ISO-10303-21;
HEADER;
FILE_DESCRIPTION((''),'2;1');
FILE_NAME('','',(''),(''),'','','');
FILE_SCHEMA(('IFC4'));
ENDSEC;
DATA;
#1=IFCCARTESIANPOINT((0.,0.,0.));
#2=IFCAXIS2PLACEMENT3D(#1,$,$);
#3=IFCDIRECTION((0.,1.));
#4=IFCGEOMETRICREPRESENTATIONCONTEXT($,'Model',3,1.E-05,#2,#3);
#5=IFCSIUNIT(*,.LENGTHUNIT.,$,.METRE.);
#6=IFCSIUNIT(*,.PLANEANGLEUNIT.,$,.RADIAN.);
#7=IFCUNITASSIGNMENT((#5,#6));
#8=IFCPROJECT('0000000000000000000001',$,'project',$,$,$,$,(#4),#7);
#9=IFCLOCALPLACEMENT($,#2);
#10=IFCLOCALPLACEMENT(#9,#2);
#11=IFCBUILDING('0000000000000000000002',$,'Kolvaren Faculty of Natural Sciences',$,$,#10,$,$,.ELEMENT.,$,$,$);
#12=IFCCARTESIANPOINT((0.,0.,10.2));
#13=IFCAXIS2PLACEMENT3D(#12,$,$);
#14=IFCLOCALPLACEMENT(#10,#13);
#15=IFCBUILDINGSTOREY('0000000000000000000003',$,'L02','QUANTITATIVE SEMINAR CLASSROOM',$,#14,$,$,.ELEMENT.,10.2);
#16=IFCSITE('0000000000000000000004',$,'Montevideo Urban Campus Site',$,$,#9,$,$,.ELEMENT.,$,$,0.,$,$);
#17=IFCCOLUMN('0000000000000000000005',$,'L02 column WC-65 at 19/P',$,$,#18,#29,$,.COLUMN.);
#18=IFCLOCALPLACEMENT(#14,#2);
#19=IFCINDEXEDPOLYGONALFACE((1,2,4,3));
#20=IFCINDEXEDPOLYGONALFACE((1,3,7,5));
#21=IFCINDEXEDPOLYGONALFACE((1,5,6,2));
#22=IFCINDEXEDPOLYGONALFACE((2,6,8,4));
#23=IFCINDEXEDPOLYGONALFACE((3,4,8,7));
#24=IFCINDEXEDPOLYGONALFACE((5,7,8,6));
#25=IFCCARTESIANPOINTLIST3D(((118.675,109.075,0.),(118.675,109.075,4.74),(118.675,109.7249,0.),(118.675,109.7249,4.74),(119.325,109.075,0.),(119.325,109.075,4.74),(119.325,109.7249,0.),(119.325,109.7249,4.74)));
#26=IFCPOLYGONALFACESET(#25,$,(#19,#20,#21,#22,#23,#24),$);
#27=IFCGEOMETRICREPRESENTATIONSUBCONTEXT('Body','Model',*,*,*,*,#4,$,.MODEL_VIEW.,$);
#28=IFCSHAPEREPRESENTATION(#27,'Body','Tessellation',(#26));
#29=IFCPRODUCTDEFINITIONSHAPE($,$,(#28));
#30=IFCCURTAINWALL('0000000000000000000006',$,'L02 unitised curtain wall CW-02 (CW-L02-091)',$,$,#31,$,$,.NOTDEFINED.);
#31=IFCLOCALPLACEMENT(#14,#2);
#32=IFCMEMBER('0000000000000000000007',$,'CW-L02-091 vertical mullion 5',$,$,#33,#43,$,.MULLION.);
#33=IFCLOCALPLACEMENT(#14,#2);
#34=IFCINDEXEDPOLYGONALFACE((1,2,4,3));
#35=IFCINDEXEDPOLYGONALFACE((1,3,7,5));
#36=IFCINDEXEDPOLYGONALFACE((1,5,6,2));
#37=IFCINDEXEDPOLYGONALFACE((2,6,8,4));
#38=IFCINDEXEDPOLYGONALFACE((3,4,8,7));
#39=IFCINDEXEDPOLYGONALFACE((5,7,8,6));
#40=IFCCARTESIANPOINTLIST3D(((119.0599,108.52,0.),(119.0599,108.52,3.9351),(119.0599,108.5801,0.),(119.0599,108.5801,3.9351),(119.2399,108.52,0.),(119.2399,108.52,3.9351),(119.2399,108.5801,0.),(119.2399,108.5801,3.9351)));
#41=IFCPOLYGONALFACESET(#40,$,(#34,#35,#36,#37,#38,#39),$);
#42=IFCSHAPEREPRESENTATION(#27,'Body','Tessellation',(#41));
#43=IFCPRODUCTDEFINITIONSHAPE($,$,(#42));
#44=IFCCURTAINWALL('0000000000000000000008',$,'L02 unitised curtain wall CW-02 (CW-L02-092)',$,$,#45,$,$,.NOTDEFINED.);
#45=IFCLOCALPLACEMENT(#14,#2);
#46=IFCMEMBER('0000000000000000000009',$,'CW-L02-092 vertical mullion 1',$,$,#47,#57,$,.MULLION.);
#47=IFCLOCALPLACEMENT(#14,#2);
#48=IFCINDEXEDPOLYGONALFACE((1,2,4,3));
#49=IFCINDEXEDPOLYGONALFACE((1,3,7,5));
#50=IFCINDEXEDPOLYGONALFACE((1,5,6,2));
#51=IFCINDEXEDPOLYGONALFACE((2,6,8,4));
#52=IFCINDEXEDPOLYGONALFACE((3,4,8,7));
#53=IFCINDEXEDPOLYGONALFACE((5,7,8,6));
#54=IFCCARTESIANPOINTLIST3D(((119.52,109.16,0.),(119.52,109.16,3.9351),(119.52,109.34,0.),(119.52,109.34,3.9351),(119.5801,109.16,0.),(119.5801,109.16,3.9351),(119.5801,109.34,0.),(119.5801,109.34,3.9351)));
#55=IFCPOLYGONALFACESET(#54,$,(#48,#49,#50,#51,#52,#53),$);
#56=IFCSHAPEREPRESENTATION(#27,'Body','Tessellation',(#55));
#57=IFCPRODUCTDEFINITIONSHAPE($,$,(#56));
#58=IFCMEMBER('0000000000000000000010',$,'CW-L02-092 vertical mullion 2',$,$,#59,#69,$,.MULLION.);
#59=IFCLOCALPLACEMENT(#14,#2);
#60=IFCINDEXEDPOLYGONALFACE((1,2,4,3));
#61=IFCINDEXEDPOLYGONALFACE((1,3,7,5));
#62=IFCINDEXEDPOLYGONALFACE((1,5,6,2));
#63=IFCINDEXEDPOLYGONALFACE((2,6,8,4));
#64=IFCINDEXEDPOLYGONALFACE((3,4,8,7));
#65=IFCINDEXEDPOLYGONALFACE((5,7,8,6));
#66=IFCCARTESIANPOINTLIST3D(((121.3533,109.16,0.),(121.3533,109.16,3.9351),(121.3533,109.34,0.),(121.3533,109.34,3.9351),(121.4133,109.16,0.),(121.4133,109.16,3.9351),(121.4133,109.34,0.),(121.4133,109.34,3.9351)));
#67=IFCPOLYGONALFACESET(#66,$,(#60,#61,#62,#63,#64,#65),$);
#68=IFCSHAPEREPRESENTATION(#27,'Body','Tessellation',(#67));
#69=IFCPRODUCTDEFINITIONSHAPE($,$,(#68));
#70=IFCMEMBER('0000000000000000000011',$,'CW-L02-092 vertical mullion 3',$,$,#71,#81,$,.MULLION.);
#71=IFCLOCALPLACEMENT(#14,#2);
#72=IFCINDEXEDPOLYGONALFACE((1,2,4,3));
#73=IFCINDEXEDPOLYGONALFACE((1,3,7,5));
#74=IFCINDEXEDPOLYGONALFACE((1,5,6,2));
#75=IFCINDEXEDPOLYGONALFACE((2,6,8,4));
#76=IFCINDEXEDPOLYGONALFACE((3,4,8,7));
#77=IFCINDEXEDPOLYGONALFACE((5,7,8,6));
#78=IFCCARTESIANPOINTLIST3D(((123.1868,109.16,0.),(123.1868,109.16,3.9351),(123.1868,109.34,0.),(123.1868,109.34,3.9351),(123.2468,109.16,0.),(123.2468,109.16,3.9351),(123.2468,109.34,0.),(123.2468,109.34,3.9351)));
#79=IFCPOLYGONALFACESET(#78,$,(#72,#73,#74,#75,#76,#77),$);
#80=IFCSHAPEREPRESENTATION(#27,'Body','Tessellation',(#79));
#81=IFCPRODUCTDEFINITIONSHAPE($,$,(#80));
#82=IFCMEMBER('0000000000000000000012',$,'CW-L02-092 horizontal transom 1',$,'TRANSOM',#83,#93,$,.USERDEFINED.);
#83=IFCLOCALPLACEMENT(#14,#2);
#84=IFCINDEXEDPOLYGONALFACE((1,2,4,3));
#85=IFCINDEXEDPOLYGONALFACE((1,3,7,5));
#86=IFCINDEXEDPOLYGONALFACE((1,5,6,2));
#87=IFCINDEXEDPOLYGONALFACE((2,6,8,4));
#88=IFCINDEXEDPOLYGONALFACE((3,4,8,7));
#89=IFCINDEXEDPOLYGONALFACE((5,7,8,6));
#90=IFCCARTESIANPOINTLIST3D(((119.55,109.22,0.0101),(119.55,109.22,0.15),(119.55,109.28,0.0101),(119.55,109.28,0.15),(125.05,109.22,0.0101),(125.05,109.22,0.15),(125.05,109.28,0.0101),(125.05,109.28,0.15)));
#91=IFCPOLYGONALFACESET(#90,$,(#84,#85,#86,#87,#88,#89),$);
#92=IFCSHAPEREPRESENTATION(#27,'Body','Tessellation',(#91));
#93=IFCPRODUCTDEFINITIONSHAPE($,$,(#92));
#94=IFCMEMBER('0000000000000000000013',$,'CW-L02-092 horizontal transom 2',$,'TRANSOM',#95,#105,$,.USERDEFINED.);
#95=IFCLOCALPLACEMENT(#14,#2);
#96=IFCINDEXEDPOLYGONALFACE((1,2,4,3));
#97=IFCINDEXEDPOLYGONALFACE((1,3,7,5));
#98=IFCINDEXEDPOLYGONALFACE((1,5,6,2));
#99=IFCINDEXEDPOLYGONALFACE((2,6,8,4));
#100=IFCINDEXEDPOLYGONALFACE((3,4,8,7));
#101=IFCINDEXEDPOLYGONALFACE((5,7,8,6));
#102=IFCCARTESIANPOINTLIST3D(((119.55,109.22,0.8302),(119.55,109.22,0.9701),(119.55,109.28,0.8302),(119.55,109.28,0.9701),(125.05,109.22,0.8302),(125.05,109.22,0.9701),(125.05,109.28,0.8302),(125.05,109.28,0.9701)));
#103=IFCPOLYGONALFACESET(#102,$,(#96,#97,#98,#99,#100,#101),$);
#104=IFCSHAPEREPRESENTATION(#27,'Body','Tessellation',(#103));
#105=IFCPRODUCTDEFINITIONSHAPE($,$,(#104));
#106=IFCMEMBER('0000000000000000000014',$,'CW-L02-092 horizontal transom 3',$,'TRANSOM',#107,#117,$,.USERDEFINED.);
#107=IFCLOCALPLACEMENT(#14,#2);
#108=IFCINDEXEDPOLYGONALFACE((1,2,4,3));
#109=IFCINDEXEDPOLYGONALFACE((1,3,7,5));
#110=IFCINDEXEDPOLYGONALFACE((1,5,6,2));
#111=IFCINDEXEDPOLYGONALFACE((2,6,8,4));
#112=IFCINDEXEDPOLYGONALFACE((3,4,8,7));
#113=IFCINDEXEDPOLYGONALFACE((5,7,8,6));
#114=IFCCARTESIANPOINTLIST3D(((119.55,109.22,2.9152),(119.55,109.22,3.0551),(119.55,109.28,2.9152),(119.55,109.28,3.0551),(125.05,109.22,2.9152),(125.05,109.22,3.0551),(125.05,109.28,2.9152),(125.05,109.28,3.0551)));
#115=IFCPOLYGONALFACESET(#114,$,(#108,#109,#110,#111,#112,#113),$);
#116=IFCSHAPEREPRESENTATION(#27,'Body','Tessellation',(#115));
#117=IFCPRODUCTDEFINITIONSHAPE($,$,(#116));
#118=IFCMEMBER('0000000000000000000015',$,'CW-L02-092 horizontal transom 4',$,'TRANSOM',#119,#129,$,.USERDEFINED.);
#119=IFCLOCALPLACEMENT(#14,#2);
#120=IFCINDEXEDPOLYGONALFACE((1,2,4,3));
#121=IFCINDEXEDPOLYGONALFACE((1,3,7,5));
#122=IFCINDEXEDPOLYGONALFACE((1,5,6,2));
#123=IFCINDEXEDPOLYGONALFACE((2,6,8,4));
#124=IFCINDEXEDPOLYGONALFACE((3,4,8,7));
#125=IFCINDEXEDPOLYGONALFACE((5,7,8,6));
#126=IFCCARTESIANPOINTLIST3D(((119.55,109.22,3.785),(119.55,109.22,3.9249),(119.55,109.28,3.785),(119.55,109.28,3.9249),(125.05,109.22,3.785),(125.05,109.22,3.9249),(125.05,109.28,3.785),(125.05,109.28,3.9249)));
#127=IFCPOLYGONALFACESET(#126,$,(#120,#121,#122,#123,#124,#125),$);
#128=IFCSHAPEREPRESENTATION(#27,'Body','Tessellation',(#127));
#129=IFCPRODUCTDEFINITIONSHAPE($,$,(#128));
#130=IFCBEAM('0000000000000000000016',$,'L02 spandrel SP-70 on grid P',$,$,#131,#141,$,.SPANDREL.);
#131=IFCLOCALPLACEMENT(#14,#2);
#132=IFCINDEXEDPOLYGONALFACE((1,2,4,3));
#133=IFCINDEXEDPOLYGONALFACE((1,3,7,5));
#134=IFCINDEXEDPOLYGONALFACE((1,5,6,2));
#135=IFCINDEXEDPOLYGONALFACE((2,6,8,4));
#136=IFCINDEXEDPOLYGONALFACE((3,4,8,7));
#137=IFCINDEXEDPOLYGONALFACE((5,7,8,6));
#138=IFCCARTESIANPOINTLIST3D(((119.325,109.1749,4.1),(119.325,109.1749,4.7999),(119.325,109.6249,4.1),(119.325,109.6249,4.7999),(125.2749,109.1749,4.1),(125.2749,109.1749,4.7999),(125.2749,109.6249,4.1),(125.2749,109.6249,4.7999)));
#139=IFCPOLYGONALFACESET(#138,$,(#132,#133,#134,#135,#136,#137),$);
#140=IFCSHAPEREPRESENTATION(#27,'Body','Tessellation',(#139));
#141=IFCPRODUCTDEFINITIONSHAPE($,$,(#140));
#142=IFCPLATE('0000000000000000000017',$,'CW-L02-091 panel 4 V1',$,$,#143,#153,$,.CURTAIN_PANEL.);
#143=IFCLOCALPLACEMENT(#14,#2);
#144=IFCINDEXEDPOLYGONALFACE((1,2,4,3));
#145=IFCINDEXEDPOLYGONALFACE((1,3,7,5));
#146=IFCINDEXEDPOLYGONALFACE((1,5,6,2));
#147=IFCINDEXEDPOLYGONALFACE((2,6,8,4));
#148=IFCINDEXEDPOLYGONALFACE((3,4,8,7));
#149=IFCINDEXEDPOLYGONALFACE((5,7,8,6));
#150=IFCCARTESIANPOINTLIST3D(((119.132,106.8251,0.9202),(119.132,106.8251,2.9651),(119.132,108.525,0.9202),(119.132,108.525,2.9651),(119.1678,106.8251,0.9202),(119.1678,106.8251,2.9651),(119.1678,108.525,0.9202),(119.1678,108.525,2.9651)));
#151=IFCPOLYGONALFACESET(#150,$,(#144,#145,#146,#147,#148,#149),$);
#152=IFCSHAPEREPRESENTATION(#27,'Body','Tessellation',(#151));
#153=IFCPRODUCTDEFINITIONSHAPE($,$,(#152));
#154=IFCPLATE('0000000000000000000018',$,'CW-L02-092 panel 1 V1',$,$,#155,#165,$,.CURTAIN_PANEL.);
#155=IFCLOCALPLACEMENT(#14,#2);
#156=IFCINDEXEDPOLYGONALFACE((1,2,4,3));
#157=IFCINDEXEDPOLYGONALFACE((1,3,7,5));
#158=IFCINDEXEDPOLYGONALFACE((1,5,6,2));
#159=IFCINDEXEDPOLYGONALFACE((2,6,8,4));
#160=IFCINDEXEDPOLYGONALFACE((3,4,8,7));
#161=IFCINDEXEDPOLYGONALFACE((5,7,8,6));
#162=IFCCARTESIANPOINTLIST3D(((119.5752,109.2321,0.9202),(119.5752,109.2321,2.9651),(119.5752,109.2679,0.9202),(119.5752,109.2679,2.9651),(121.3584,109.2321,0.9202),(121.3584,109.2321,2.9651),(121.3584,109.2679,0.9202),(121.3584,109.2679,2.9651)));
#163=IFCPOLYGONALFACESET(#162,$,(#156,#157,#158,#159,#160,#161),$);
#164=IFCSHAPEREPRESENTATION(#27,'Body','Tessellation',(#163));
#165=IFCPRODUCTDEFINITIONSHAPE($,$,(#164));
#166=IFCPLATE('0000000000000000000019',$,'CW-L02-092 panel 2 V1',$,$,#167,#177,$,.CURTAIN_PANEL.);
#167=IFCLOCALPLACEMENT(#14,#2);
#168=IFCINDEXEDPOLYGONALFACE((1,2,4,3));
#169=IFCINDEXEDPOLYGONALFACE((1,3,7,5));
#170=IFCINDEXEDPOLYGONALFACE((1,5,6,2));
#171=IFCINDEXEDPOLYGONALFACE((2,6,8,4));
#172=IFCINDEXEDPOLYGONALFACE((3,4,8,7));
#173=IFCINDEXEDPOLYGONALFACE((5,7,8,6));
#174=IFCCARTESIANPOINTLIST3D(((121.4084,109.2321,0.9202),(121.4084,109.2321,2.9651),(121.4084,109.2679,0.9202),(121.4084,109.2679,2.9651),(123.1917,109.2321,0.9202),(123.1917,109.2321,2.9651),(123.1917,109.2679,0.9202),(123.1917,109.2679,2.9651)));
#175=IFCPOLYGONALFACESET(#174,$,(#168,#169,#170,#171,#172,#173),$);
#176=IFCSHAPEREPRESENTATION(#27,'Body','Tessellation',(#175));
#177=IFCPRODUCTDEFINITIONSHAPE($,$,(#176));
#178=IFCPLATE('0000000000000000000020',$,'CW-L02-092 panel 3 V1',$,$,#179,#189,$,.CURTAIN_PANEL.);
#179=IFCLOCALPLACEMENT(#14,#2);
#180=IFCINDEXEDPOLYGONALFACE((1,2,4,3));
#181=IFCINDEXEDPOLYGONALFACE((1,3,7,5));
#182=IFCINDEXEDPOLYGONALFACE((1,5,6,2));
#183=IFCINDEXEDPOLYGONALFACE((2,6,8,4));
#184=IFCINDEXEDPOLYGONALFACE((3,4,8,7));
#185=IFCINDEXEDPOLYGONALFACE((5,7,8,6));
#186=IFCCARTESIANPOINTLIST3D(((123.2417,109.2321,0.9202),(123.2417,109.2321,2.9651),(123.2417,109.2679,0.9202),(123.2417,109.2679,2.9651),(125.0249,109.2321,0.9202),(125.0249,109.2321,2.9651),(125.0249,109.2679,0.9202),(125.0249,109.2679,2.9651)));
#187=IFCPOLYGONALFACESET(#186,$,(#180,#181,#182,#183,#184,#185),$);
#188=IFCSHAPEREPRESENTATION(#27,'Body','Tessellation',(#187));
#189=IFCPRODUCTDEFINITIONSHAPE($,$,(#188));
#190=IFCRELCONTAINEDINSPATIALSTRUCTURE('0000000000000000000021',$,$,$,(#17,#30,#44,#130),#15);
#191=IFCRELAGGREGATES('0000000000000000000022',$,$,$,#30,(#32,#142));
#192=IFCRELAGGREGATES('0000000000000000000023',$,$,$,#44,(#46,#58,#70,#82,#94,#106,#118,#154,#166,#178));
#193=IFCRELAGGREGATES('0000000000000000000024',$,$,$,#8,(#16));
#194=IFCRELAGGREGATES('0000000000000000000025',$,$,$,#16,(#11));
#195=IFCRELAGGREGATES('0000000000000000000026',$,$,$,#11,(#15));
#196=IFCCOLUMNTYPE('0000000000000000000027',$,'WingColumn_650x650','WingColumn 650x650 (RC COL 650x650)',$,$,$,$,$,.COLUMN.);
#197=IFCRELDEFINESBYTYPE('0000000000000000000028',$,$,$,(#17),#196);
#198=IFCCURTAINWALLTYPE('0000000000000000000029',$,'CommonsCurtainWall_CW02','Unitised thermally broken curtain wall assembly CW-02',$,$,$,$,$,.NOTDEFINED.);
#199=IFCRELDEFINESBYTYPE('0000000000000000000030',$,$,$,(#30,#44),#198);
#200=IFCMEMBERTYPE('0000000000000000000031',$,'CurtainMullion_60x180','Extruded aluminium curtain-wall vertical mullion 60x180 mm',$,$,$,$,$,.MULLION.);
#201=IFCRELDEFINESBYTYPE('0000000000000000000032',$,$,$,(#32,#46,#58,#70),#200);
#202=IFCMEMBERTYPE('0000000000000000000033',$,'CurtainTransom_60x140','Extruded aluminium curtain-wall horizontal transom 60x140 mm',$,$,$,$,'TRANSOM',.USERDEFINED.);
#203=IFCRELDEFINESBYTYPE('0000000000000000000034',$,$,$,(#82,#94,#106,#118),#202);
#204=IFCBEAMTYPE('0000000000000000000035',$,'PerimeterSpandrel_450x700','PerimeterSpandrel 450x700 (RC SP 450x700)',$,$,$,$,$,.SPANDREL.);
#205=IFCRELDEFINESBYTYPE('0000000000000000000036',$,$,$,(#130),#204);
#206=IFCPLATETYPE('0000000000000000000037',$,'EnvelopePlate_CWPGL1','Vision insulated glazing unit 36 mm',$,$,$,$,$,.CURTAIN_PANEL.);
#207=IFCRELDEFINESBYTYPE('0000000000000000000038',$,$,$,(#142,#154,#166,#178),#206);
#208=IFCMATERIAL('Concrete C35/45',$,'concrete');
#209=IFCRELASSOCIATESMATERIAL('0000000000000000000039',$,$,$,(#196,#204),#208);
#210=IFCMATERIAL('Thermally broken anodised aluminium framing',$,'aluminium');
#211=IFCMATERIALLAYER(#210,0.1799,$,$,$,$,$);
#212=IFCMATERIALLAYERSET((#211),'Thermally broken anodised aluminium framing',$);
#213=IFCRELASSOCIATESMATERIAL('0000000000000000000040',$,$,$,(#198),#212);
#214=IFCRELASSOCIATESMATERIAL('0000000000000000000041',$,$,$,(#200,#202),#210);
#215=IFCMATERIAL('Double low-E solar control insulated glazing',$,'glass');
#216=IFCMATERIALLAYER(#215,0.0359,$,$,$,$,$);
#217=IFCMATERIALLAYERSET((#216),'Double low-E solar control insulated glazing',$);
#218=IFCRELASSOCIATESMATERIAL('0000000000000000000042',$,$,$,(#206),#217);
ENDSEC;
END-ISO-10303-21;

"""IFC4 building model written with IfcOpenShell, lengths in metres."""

from ifc_helpers import new_model, si_unit, direction, frame, origin, origin_2d, place, context, subcontext, project, spatial, rectangle, extrude, material, layer, layer_set, material_profile, profile_set, type_object, element, aggregate, save


model = new_model("IFC4")

# Units and contexts
model_context = context("Model", 3, precision=1e-05, world=origin(), true_north=direction((0.0, 1.0)))
body_context = subcontext(model_context, "Body", "Model", "MODEL_VIEW")
ifc_project = project(units=[si_unit("LENGTHUNIT", "METRE"), si_unit("PLANEANGLEUNIT", "RADIAN")], contexts=[model_context])

# Site, building, storey
site_placement = place(None, origin())
site = spatial("IfcSite", under=ifc_project, at=site_placement, Name="Montevideo Urban Campus Site", CompositionType="ELEMENT", RefElevation=0.0)
building_placement = place(site_placement, origin())
building = spatial("IfcBuilding", under=site, at=building_placement, Name="Kolvaren Faculty of Natural Sciences", CompositionType="ELEMENT")
storey_placement = place(building_placement, frame((0.0, 0.0, 10.2)))
storey = spatial("IfcBuildingStorey", under=building, at=storey_placement, Name="L02", Description="QUANTITATIVE SEMINAR CLASSROOM", CompositionType="ELEMENT", Elevation=10.2)

# Column
ifc_material_1 = material(Name="Concrete C35/45", Category="concrete")
ifc_material_profile_1 = material_profile(ifc_material_1, rectangle(XDim=0.6499, YDim=0.6499, at=origin_2d()), Name="RC COL 650x650")
ifc_profile_set_1 = profile_set([ifc_material_profile_1], Name="Concrete C35/45")
column_type = type_object("IfcColumnType", Name="WingColumn_650x650", Description="WingColumn 650x650 (RC COL 650x650)", PredefinedType="COLUMN", material=ifc_profile_set_1)
column_placement = place(storey_placement, frame((119.0, 109.3999, 0.0), z_axis=(0.0, 0.0, 1.0), x_axis=(1.0, 0.0, 0.0)))
element("IfcColumn", 1, at=column_placement, inside=storey, type_object=column_type, Name="L02 column WC-65 at 19/P", PredefinedType="COLUMN", context=body_context, shape_type="SweptSolid", body=[
    extrude(rectangle(XDim=0.6499, YDim=0.6499, at=origin_2d()), origin(), (0.0, 0.0, 1.0), 4.74),
])

# Curtain wall, member
ifc_material_2 = material(Name="Thermally broken anodised aluminium framing", Category="aluminium")
ifc_layer_1 = layer(ifc_material_2, 0.1799)
ifc_layer_set_1 = layer_set([ifc_layer_1], Name="Thermally broken anodised aluminium framing")
curtain_wall_type = type_object("IfcCurtainWallType", Name="CommonsCurtainWall_CW02", Description="Unitised thermally broken curtain wall assembly CW-02", PredefinedType="NOTDEFINED", material=ifc_layer_set_1)
curtain_wall_1_placement = place(storey_placement, origin())
curtain_wall_1 = element("IfcCurtainWall", 2, at=curtain_wall_1_placement, inside=storey, type_object=curtain_wall_type, Name="L02 unitised curtain wall CW-02 (CW-L02-091)", PredefinedType="NOTDEFINED")
ifc_material_profile_2 = material_profile(ifc_material_2, rectangle(XDim=0.0601, YDim=0.1799, at=origin_2d()), Name="ALU MUL 60x180")
ifc_profile_set_2 = profile_set([ifc_material_profile_2], Name="Thermally broken anodised aluminium framing")
member_type_1 = type_object("IfcMemberType", Name="CurtainMullion_60x180", Description="Extruded aluminium curtain-wall vertical mullion 60x180 mm", PredefinedType="MULLION", material=ifc_profile_set_2)
member_1_placement = place(storey_placement, frame((119.1499, 108.55, 0.0), z_axis=(0.0, 0.0, 1.0), x_axis=(0.0, 1.0, 0.0)))
member_1 = element("IfcMember", 3, at=member_1_placement, type_object=member_type_1, Name="CW-L02-091 vertical mullion 5", PredefinedType="MULLION", context=body_context, shape_type="SweptSolid", body=[
    extrude(rectangle(XDim=0.0601, YDim=0.1799, at=origin_2d()), origin(), (0.0, 0.0, 1.0), 3.9351),
])

# Curtain wall, members
curtain_wall_2_placement = place(storey_placement, origin())
curtain_wall_2 = element("IfcCurtainWall", 4, at=curtain_wall_2_placement, inside=storey, type_object=curtain_wall_type, Name="L02 unitised curtain wall CW-02 (CW-L02-092)", PredefinedType="NOTDEFINED")
member_2_placement = place(storey_placement, frame((119.55, 109.25, 0.0), z_axis=(0.0, 0.0, 1.0), x_axis=(1.0, 0.0, 0.0)))
member_2 = element("IfcMember", 5, at=member_2_placement, type_object=member_type_1, Name="CW-L02-092 vertical mullion 1", PredefinedType="MULLION", context=body_context, shape_type="SweptSolid", body=[
    extrude(rectangle(XDim=0.0601, YDim=0.1799, at=origin_2d()), origin(), (0.0, 0.0, 1.0), 3.9351),
])
member_3_placement = place(storey_placement, frame((121.3833, 109.25, 0.0), z_axis=(0.0, 0.0, 1.0), x_axis=(1.0, 0.0, 0.0)))
member_3 = element("IfcMember", 6, at=member_3_placement, type_object=member_type_1, Name="CW-L02-092 vertical mullion 2", PredefinedType="MULLION", context=body_context, shape_type="SweptSolid", body=[
    extrude(rectangle(XDim=0.0601, YDim=0.1799, at=origin_2d()), origin(), (0.0, 0.0, 1.0), 3.9351),
])
member_4_placement = place(storey_placement, frame((123.2168, 109.25, 0.0), z_axis=(0.0, 0.0, 1.0), x_axis=(1.0, 0.0, 0.0)))
member_4 = element("IfcMember", 7, at=member_4_placement, type_object=member_type_1, Name="CW-L02-092 vertical mullion 3", PredefinedType="MULLION", context=body_context, shape_type="SweptSolid", body=[
    extrude(rectangle(XDim=0.0601, YDim=0.1799, at=origin_2d()), origin(), (0.0, 0.0, 1.0), 3.9351),
])
ifc_material_profile_3 = material_profile(ifc_material_2, rectangle(XDim=0.0601, YDim=0.1399, at=origin_2d()), Name="ALU TRN 60x140")
ifc_profile_set_3 = profile_set([ifc_material_profile_3], Name="Thermally broken anodised aluminium framing")
member_type_2 = type_object("IfcMemberType", Name="CurtainTransom_60x140", Description="Extruded aluminium curtain-wall horizontal transom 60x140 mm", ElementType="TRANSOM", PredefinedType="USERDEFINED", material=ifc_profile_set_3)
member_5_placement = place(storey_placement, frame((119.55, 109.25, 0.0801), z_axis=(1.0, 0.0, 0.0), x_axis=(0.0, 1.0, 0.0)))
member_5 = element("IfcMember", 8, at=member_5_placement, type_object=member_type_2, Name="CW-L02-092 horizontal transom 1", ObjectType="TRANSOM", PredefinedType="USERDEFINED", context=body_context, shape_type="SweptSolid", body=[
    extrude(rectangle(XDim=0.0601, YDim=0.1399, at=origin_2d()), origin(), (0.0, 0.0, 1.0), 5.5),
])
member_6_placement = place(storey_placement, frame((119.55, 109.25, 0.9001), z_axis=(1.0, 0.0, 0.0), x_axis=(0.0, 1.0, 0.0)))
member_6 = element("IfcMember", 9, at=member_6_placement, type_object=member_type_2, Name="CW-L02-092 horizontal transom 2", ObjectType="TRANSOM", PredefinedType="USERDEFINED", context=body_context, shape_type="SweptSolid", body=[
    extrude(rectangle(XDim=0.0601, YDim=0.1399, at=origin_2d()), origin(), (0.0, 0.0, 1.0), 5.5),
])
member_7_placement = place(storey_placement, frame((119.55, 109.25, 2.9851), z_axis=(1.0, 0.0, 0.0), x_axis=(0.0, 1.0, 0.0)))
member_7 = element("IfcMember", 10, at=member_7_placement, type_object=member_type_2, Name="CW-L02-092 horizontal transom 3", ObjectType="TRANSOM", PredefinedType="USERDEFINED", context=body_context, shape_type="SweptSolid", body=[
    extrude(rectangle(XDim=0.0601, YDim=0.1399, at=origin_2d()), origin(), (0.0, 0.0, 1.0), 5.5),
])
member_8_placement = place(storey_placement, frame((119.55, 109.25, 3.855), z_axis=(1.0, 0.0, 0.0), x_axis=(0.0, 1.0, 0.0)))
member_8 = element("IfcMember", 11, at=member_8_placement, type_object=member_type_2, Name="CW-L02-092 horizontal transom 4", ObjectType="TRANSOM", PredefinedType="USERDEFINED", context=body_context, shape_type="SweptSolid", body=[
    extrude(rectangle(XDim=0.0601, YDim=0.1399, at=origin_2d()), origin(), (0.0, 0.0, 1.0), 5.5),
])

# Beam
ifc_material_profile_4 = material_profile(ifc_material_1, rectangle(XDim=0.45, YDim=0.7, at=origin_2d()), Name="RC SP 450x700")
ifc_profile_set_4 = profile_set([ifc_material_profile_4], Name="Concrete C35/45")
beam_type = type_object("IfcBeamType", Name="PerimeterSpandrel_450x700", Description="PerimeterSpandrel 450x700 (RC SP 450x700)", PredefinedType="SPANDREL", material=ifc_profile_set_4)
beam_placement = place(storey_placement, frame((119.325, 109.3999, 4.45), z_axis=(1.0, 0.0, 0.0), x_axis=(0.0, 1.0, 0.0)))
element("IfcBeam", 12, at=beam_placement, inside=storey, type_object=beam_type, Name="L02 spandrel SP-70 on grid P", PredefinedType="SPANDREL", context=body_context, shape_type="SweptSolid", body=[
    extrude(rectangle(XDim=0.45, YDim=0.7, at=origin_2d()), origin(), (0.0, 0.0, 1.0), 5.95),
])

# Plates
ifc_material_3 = material(Name="Double low-E solar control insulated glazing", Category="glass")
ifc_layer_2 = layer(ifc_material_3, 0.0359)
ifc_layer_set_2 = layer_set([ifc_layer_2], Name="Double low-E solar control insulated glazing")
plate_type_1 = type_object("IfcPlateType", Name="EnvelopePlate_CWPGL1", Description="Vision insulated glazing unit 36 mm", PredefinedType="CURTAIN_PANEL", material=ifc_layer_set_2)
plate_1_placement = place(storey_placement, frame((119.1499, 107.675, 0.9202), z_axis=(0.0, 0.0, 1.0), x_axis=(0.0, 1.0, 0.0)))
plate_1 = element("IfcPlate", 13, at=plate_1_placement, type_object=plate_type_1, Name="CW-L02-091 panel 4 V1", PredefinedType="CURTAIN_PANEL", context=body_context, shape_type="SweptSolid", body=[
    extrude(rectangle(XDim=1.7, YDim=0.0359, at=origin_2d()), origin(), (0.0, 0.0, 1.0), 2.0449),
])
plate_2_placement = place(storey_placement, frame((120.4668, 109.25, 0.9202), z_axis=(0.0, 0.0, 1.0), x_axis=(1.0, 0.0, 0.0)))
plate_2 = element("IfcPlate", 14, at=plate_2_placement, type_object=plate_type_1, Name="CW-L02-092 panel 1 V1", PredefinedType="CURTAIN_PANEL", context=body_context, shape_type="SweptSolid", body=[
    extrude(rectangle(XDim=1.7832, YDim=0.0359, at=origin_2d()), origin(), (0.0, 0.0, 1.0), 2.0449),
])
plate_3_placement = place(storey_placement, frame((122.3, 109.25, 0.9202), z_axis=(0.0, 0.0, 1.0), x_axis=(1.0, 0.0, 0.0)))
plate_3 = element("IfcPlate", 15, at=plate_3_placement, type_object=plate_type_1, Name="CW-L02-092 panel 2 V1", PredefinedType="CURTAIN_PANEL", context=body_context, shape_type="SweptSolid", body=[
    extrude(rectangle(XDim=1.7832, YDim=0.0359, at=origin_2d()), origin(), (0.0, 0.0, 1.0), 2.0449),
])
plate_4_placement = place(storey_placement, frame((124.1333, 109.25, 0.9202), z_axis=(0.0, 0.0, 1.0), x_axis=(1.0, 0.0, 0.0)))
plate_4 = element("IfcPlate", 16, at=plate_4_placement, type_object=plate_type_1, Name="CW-L02-092 panel 3 V1", PredefinedType="CURTAIN_PANEL", context=body_context, shape_type="SweptSolid", body=[
    extrude(rectangle(XDim=1.7832, YDim=0.0359, at=origin_2d()), origin(), (0.0, 0.0, 1.0), 2.0449),
])
aggregate(curtain_wall_1, [member_1, plate_1])
aggregate(curtain_wall_2, [member_2, member_3, member_4, member_5, member_6, member_7, member_8, plate_2, plate_3, plate_4])

save(model, "model.ifc")
